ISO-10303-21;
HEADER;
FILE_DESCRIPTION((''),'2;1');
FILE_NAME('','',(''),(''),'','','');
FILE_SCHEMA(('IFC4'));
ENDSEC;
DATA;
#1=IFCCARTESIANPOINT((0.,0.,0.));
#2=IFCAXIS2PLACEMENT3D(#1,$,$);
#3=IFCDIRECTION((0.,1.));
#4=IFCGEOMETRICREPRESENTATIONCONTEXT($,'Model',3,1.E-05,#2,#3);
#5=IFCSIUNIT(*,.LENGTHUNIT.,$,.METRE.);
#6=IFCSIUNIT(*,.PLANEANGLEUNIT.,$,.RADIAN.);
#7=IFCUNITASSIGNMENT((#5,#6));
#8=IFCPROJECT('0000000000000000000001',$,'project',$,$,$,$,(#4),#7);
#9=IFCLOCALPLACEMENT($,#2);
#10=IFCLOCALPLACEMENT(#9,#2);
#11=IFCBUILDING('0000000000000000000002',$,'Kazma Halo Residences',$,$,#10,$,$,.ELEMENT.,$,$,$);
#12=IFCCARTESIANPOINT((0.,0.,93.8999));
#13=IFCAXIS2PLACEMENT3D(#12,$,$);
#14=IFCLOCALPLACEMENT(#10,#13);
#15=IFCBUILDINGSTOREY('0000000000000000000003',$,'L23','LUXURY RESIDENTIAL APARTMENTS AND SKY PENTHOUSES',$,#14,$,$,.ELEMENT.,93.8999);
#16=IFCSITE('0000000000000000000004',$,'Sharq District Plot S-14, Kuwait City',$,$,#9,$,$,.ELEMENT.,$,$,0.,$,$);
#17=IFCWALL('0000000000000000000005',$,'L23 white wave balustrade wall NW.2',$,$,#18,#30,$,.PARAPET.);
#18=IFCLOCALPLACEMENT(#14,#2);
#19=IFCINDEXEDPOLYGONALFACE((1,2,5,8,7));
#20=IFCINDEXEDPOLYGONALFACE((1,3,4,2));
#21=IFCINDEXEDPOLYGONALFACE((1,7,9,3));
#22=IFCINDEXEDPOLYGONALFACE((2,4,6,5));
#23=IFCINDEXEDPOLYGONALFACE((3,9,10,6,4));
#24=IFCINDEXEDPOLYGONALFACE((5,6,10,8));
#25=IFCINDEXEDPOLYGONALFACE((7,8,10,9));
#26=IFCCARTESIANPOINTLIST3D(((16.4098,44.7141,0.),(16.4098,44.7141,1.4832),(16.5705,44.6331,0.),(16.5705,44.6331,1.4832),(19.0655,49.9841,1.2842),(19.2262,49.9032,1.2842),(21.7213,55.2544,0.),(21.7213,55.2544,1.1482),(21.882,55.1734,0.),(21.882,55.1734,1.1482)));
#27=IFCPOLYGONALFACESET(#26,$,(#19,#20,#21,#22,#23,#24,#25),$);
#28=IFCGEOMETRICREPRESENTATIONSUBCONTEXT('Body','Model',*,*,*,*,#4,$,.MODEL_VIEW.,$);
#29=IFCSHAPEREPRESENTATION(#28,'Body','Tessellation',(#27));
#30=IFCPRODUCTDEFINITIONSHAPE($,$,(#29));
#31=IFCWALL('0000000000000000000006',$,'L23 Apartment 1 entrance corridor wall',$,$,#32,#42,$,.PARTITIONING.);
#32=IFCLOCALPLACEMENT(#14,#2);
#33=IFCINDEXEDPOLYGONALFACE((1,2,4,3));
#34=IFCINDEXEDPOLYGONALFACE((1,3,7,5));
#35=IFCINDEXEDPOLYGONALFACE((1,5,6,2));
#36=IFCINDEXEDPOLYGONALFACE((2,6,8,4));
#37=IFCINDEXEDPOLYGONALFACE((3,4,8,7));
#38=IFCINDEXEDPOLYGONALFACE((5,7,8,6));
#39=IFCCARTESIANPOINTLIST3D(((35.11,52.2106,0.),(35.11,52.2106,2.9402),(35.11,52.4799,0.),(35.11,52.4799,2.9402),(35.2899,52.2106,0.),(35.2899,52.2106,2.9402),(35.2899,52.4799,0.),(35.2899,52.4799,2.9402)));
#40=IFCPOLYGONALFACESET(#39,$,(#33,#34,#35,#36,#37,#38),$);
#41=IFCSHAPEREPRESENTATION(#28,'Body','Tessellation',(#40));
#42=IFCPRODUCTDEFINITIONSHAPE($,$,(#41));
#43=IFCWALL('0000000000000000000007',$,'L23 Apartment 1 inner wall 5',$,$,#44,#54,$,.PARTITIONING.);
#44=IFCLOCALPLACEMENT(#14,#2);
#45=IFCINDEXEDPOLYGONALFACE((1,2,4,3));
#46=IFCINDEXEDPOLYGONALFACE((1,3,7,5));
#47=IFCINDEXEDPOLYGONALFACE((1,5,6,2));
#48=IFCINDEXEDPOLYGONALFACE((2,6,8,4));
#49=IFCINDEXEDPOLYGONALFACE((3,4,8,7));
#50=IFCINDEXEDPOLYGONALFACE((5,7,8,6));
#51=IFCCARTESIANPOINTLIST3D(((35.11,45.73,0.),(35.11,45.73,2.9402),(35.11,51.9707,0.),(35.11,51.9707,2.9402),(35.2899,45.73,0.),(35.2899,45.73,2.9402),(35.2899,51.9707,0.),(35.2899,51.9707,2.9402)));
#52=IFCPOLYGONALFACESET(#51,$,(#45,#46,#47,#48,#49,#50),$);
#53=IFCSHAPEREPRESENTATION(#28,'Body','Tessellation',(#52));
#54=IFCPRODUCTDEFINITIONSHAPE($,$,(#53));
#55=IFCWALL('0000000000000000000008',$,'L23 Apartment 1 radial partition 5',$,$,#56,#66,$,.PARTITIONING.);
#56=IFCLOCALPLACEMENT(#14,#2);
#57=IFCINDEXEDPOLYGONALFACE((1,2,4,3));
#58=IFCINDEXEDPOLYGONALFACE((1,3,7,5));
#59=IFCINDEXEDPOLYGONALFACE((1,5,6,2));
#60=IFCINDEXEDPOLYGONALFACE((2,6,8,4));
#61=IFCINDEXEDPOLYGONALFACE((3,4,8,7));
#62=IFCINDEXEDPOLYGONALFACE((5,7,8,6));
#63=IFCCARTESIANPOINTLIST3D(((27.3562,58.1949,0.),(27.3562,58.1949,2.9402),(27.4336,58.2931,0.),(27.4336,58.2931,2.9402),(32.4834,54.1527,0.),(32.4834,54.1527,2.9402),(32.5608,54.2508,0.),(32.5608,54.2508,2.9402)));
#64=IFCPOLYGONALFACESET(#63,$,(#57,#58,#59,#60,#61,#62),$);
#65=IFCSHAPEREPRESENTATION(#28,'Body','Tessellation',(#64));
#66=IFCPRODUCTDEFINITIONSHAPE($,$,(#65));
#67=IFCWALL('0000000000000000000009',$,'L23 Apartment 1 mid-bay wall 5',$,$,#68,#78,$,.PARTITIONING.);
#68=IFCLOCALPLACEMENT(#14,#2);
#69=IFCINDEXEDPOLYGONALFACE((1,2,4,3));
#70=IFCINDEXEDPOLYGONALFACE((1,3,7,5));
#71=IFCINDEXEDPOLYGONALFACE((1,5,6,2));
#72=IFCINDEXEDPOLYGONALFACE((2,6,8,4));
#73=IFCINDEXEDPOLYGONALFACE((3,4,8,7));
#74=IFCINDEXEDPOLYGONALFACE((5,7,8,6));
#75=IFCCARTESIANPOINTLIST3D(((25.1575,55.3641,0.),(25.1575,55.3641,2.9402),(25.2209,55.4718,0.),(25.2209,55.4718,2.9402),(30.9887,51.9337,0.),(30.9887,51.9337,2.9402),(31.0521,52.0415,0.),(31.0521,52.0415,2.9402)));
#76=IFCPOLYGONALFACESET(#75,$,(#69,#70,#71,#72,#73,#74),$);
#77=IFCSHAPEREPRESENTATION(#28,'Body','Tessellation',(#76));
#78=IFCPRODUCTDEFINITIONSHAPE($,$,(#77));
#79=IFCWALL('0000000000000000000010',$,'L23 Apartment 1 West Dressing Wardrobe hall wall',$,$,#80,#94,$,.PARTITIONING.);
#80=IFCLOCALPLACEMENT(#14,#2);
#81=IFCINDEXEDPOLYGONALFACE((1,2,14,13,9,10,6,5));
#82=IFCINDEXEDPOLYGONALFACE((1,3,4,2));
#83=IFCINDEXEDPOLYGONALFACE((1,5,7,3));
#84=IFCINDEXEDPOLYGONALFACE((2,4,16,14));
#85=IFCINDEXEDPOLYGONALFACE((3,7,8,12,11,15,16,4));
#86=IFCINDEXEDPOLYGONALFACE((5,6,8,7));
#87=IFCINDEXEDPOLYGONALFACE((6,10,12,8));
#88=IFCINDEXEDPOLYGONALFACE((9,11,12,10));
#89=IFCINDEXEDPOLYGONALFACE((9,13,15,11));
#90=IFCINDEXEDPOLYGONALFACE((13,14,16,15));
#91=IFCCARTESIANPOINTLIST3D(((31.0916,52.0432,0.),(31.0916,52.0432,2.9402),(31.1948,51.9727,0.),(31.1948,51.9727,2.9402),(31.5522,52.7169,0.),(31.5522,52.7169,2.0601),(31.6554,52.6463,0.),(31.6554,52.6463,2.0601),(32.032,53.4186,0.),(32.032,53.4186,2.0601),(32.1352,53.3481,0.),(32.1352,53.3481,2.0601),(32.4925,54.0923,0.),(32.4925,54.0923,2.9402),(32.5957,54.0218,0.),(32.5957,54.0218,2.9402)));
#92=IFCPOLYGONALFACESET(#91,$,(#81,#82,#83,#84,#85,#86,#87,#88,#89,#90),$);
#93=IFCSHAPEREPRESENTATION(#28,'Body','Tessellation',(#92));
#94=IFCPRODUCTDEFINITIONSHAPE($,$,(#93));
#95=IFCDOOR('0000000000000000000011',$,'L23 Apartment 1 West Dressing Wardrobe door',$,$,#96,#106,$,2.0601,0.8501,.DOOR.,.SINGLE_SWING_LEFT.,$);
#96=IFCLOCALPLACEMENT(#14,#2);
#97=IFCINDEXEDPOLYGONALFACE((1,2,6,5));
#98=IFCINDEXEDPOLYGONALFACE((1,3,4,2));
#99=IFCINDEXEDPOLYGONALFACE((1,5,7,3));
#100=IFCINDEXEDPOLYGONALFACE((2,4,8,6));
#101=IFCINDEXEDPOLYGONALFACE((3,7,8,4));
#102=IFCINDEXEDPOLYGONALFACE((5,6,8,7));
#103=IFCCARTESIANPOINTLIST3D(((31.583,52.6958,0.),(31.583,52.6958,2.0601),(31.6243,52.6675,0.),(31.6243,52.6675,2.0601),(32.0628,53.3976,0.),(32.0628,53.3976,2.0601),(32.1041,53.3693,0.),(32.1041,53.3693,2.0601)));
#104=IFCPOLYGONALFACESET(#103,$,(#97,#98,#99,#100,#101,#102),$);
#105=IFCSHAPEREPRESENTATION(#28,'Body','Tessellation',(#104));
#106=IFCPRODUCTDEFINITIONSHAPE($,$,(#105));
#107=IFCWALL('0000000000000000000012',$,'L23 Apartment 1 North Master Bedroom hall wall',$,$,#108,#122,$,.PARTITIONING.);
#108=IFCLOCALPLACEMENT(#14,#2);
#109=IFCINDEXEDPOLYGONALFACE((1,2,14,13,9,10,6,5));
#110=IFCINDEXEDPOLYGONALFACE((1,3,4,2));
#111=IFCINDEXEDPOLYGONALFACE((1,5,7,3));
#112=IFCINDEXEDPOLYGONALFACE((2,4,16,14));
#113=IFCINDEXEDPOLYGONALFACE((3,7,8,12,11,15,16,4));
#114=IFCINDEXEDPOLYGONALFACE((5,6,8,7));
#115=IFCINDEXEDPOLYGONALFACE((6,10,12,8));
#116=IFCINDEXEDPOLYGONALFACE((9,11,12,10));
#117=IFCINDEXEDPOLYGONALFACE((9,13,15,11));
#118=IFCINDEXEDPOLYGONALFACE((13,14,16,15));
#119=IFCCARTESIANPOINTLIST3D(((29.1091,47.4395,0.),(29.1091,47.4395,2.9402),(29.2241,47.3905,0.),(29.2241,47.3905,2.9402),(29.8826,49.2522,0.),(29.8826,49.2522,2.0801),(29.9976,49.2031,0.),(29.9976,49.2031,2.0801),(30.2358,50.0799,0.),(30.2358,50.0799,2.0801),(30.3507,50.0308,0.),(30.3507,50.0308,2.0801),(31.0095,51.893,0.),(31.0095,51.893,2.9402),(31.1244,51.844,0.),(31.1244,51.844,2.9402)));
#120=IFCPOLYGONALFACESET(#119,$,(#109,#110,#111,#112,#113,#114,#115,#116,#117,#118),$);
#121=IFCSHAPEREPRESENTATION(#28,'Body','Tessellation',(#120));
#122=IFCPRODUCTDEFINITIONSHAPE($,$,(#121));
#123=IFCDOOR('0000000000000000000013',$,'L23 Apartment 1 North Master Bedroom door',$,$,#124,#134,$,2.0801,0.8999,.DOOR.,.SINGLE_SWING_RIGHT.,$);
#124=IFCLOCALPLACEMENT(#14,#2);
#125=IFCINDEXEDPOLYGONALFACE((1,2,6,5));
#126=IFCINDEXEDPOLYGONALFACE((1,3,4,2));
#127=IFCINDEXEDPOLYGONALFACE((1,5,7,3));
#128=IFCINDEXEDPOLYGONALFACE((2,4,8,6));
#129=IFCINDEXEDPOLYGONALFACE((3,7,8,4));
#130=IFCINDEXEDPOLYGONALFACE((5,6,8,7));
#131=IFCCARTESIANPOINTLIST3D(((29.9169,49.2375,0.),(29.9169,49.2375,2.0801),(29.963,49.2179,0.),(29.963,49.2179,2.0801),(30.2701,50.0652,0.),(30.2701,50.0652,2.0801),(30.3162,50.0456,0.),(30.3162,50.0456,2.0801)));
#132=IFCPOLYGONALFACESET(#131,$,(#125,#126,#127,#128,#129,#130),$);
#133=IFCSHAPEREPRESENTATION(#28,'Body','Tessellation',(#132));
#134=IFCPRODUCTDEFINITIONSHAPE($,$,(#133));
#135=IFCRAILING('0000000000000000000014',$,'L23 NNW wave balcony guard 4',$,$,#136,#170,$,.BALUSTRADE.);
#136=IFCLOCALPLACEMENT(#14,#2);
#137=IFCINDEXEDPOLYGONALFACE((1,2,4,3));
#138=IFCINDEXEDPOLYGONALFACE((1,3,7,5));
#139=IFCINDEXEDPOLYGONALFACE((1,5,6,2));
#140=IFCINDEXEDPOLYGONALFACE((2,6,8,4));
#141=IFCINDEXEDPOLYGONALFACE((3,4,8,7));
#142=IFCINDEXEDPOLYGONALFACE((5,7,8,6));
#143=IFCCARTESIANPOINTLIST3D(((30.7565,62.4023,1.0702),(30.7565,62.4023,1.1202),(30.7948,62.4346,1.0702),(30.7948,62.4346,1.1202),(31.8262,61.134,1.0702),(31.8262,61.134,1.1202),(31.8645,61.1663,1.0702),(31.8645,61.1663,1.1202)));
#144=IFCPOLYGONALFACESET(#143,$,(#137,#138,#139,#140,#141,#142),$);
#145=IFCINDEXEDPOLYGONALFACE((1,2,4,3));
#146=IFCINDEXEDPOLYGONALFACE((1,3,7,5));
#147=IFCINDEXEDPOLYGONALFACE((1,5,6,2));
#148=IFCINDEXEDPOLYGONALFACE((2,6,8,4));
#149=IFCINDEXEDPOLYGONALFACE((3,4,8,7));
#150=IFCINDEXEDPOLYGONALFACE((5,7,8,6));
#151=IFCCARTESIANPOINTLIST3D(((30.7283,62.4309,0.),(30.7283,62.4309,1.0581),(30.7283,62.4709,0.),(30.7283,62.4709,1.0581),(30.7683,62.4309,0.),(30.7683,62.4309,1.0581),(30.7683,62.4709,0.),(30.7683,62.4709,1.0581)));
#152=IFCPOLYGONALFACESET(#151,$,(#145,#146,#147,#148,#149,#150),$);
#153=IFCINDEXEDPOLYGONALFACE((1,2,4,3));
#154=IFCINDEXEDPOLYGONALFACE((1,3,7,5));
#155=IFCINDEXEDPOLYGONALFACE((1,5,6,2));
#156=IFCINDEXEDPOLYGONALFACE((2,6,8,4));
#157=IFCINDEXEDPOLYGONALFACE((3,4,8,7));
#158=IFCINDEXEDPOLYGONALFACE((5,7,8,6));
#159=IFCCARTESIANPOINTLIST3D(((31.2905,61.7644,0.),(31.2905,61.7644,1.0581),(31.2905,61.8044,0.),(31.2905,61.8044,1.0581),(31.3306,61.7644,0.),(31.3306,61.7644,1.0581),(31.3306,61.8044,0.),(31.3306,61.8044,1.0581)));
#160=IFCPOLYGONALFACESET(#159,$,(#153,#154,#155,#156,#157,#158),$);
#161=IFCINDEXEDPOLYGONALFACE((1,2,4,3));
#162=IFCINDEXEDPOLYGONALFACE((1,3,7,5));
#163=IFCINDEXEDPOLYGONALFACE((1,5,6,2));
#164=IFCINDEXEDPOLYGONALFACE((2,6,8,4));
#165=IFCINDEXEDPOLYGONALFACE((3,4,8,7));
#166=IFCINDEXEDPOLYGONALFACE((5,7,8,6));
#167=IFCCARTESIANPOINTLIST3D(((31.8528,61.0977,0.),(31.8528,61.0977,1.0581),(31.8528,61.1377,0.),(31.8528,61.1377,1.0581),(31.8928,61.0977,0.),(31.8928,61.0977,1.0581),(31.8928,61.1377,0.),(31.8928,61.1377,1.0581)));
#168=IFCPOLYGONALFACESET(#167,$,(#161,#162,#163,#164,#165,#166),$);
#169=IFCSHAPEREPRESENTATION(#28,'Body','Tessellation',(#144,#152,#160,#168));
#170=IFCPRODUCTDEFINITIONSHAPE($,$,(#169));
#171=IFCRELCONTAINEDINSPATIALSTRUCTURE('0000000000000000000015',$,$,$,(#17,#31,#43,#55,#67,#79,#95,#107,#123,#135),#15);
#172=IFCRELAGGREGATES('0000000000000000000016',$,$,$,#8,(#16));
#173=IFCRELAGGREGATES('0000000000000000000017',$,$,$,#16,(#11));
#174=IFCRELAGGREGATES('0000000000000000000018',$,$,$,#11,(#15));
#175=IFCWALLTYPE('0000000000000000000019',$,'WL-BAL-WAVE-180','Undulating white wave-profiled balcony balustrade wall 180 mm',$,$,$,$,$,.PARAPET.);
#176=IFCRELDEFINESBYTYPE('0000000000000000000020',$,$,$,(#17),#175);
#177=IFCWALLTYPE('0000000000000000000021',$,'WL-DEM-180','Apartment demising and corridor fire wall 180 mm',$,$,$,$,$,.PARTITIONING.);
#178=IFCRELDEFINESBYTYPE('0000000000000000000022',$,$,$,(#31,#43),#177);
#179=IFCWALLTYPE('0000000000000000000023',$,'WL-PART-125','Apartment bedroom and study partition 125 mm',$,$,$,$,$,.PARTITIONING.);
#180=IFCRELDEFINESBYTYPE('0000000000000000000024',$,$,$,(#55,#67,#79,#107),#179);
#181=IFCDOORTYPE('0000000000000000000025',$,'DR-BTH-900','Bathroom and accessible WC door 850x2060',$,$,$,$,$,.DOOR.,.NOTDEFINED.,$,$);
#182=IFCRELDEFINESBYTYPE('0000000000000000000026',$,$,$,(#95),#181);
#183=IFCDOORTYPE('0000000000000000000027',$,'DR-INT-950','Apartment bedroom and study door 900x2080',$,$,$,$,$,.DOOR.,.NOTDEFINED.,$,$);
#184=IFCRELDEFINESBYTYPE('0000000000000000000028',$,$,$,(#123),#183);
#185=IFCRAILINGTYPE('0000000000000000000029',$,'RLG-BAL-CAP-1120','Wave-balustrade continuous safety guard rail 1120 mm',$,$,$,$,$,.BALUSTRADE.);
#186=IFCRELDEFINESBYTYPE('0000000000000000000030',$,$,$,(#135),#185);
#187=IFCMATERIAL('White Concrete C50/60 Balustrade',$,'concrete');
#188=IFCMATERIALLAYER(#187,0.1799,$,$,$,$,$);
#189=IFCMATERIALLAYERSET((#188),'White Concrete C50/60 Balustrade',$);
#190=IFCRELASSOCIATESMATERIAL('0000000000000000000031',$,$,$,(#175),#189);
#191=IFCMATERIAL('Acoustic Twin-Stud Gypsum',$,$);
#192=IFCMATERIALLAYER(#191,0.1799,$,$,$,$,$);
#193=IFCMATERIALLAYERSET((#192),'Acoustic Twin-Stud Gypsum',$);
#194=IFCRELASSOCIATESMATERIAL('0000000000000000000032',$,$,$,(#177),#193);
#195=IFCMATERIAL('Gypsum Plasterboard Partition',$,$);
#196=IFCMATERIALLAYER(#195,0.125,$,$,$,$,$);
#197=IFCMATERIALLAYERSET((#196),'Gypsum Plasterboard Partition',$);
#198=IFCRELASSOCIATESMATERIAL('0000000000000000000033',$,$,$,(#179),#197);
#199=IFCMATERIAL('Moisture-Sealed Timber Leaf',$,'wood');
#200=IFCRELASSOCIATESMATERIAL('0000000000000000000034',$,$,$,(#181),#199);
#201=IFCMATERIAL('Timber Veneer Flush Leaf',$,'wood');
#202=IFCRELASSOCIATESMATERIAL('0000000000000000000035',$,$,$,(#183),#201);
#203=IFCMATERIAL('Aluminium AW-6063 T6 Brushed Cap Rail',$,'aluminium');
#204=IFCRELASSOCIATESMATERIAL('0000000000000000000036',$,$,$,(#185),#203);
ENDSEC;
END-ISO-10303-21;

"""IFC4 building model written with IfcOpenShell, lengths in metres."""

from ifc_helpers import new_model, si_unit, direction, frame, frame_2d, origin, origin_2d, place, context, subcontext, project, spatial, polyline, rectangle, outline, extrude, material, layer, layer_set, type_object, element, fill, save


model = new_model("IFC4")

# Units and contexts
model_context = context("Model", 3, precision=1e-05, world=origin(), true_north=direction((0.0, 1.0)))
body_context = subcontext(model_context, "Body", "Model", "MODEL_VIEW")
ifc_project = project(units=[si_unit("LENGTHUNIT", "METRE"), si_unit("PLANEANGLEUNIT", "RADIAN")], contexts=[model_context])

# Site, building, storey
site_placement = place(None, origin())
site = spatial("IfcSite", under=ifc_project, at=site_placement, Name="Sharq District Plot S-14, Kuwait City", CompositionType="ELEMENT", RefElevation=0.0)
building_placement = place(site_placement, origin())
building = spatial("IfcBuilding", under=site, at=building_placement, Name="Kazma Halo Residences", CompositionType="ELEMENT")
storey_placement = place(building_placement, frame((0.0, 0.0, 93.8999)))
storey = spatial("IfcBuildingStorey", under=building, at=storey_placement, Name="L23", Description="LUXURY RESIDENTIAL APARTMENTS AND SKY PENTHOUSES", CompositionType="ELEMENT", Elevation=93.8999)

# Walls
ifc_material_1 = material(Name="White Concrete C50/60 Balustrade", Category="concrete")
ifc_layer_1 = layer(ifc_material_1, 0.1799)
ifc_layer_set_1 = layer_set([ifc_layer_1], Name="White Concrete C50/60 Balustrade")
wall_type_1 = type_object("IfcWallType", Name="WL-BAL-WAVE-180", Description="Undulating white wave-profiled balcony balustrade wall 180 mm", PredefinedType="PARAPET", material=ifc_layer_set_1)
wall_1_placement = place(storey_placement, frame((21.8018, 55.2139, 0.0), z_axis=(0.0, 0.0, 1.0), x_axis=(-0.450016, -0.89302, 0.0)))
element("IfcWall", 1, at=wall_1_placement, inside=storey, type_object=wall_type_1, Name="L23 white wave balustrade wall NW.2", PredefinedType="PARAPET", context=body_context, shape_type="SweptSolid", body=[
    extrude(outline(polyline([(0.0, 0.0), (11.803, 0.0), (11.803, 1.4832), (5.9016, 1.2842), (0.0, 1.1482), (0.0, 0.0)])), frame((0.0, 0.0898, 0.0), z_axis=(0.0, -1.0, 0.0), x_axis=(1.0, 0.0, 0.0)), (0.0, 0.0, 1.0), 0.1799),
])
ifc_material_2 = material(Name="Acoustic Twin-Stud Gypsum")
ifc_layer_2 = layer(ifc_material_2, 0.1799)
ifc_layer_set_2 = layer_set([ifc_layer_2], Name="Acoustic Twin-Stud Gypsum")
wall_type_2 = type_object("IfcWallType", Name="WL-DEM-180", Description="Apartment demising and corridor fire wall 180 mm", PredefinedType="PARTITIONING", material=ifc_layer_set_2)
wall_2_placement = place(storey_placement, frame((35.2, 52.48, 0.0), z_axis=(0.0, 0.0, 1.0), x_axis=(0.0, -1.0, 0.0)))
element("IfcWall", 2, at=wall_2_placement, inside=storey, type_object=wall_type_2, Name="L23 Apartment 1 entrance corridor wall", PredefinedType="PARTITIONING", context=body_context, shape_type="SweptSolid", body=[
    extrude(rectangle(XDim=0.2693, YDim=0.1799, at=frame_2d((0.1348, 0.0))), origin(), (0.0, 0.0, 1.0), 2.9402),
])
wall_3_placement = place(storey_placement, frame((35.2, 51.9707, 0.0), z_axis=(0.0, 0.0, 1.0), x_axis=(0.0, -1.0, 0.0)))
element("IfcWall", 3, at=wall_3_placement, inside=storey, type_object=wall_type_2, Name="L23 Apartment 1 inner wall 5", PredefinedType="PARTITIONING", context=body_context, shape_type="SweptSolid", body=[
    extrude(rectangle(XDim=6.2407, YDim=0.1799, at=frame_2d((3.1204, 0.0))), origin(), (0.0, 0.0, 1.0), 2.9402),
])

# Walls
ifc_material_3 = material(Name="Gypsum Plasterboard Partition")
ifc_layer_3 = layer(ifc_material_3, 0.125)
ifc_layer_set_3 = layer_set([ifc_layer_3], Name="Gypsum Plasterboard Partition")
wall_type_3 = type_object("IfcWallType", Name="WL-PART-125", Description="Apartment bedroom and study partition 125 mm", PredefinedType="PARTITIONING", material=ifc_layer_set_3)
wall_4_placement = place(storey_placement, frame((32.5222, 54.2017, 0.0), z_axis=(0.0, 0.0, 1.0), x_axis=(-0.785296, 0.61912, 0.0)))
element("IfcWall", 4, at=wall_4_placement, inside=storey, type_object=wall_type_3, Name="L23 Apartment 1 radial partition 5", PredefinedType="PARTITIONING", context=body_context, shape_type="SweptSolid", body=[
    extrude(rectangle(XDim=6.5291, YDim=0.125, at=frame_2d((3.2646, 0.0))), origin(), (0.0, 0.0, 1.0), 2.9402),
])
wall_5_placement = place(storey_placement, frame((31.0205, 51.9875, 0.0), z_axis=(0.0, 0.0, 1.0), x_axis=(-0.861918, 0.507047, 0.0)))
element("IfcWall", 5, at=wall_5_placement, inside=storey, type_object=wall_type_3, Name="L23 Apartment 1 mid-bay wall 5", PredefinedType="PARTITIONING", context=body_context, shape_type="SweptSolid", body=[
    extrude(rectangle(XDim=6.7654, YDim=0.125, at=frame_2d((3.3828, 0.0))), origin(), (0.0, 0.0, 1.0), 2.9402),
])

# Walls, openings, doors
wall_6_placement = place(storey_placement, frame((32.5442, 54.0571, 0.0), z_axis=(0.0, 0.0, 1.0), x_axis=(-0.564377, -0.825517, 0.0)))
wall_6 = element("IfcWall", 6, at=wall_6_placement, inside=storey, type_object=wall_type_3, Name="L23 Apartment 1 West Dressing Wardrobe hall wall", PredefinedType="PARTITIONING", context=body_context, shape_type="SweptSolid", body=[
    extrude(rectangle(XDim=2.4822, YDim=0.125, at=frame_2d((1.2412, 0.0))), origin(), (0.0, 0.0, 1.0), 2.9402),
])
opening_1_placement = place(wall_6_placement, frame((0.8162, 0.0, 0.0)))
opening_1 = element("IfcOpeningElement", 7, at=opening_1_placement, cuts=wall_6, PredefinedType="OPENING", context=body_context, shape_type="SweptSolid", body=[
    extrude(rectangle(XDim=0.8501, YDim=2.0601, at=frame_2d((0.425, 1.03))), frame((0.0, 0.0725, 0.0), z_axis=(0.0, -1.0, 0.0), x_axis=(1.0, 0.0, 0.0)), (0.0, 0.0, 1.0), 0.145),
])
ifc_material_4 = material(Name="Moisture-Sealed Timber Leaf", Category="wood")
door_type_1 = type_object("IfcDoorType", Name="DR-BTH-900", Description="Bathroom and accessible WC door 850x2060", OperationType="NOTDEFINED", PredefinedType="DOOR", material=ifc_material_4)
door_1_placement = place(opening_1_placement, origin())
door_1 = element("IfcDoor", 8, at=door_1_placement, inside=storey, type_object=door_type_1, Name="L23 Apartment 1 West Dressing Wardrobe door", OperationType="SINGLE_SWING_LEFT", OverallHeight=2.0601, OverallWidth=0.8501, PredefinedType="DOOR", context=body_context, shape_type="SweptSolid", body=[
    extrude(rectangle(XDim=0.8501, YDim=2.0601, at=frame_2d((0.425, 1.03))), frame((0.0, 0.0249, 0.0), z_axis=(0.0, -1.0, 0.0), x_axis=(1.0, 0.0, 0.0)), (0.0, 0.0, 1.0), 0.05),
])
fill(opening_1, door_1)
wall_7_placement = place(storey_placement, frame((31.0669, 51.8684, 0.0), z_axis=(0.0, 0.0, 1.0), x_axis=(-0.392471, -0.919765, 0.0)))
wall_7 = element("IfcWall", 9, at=wall_7_placement, inside=storey, type_object=wall_type_3, Name="L23 Apartment 1 North Master Bedroom hall wall", PredefinedType="PARTITIONING", context=body_context, shape_type="SweptSolid", body=[
    extrude(rectangle(XDim=4.842, YDim=0.125, at=frame_2d((2.4209, 0.0))), origin(), (0.0, 0.0, 1.0), 2.9402),
])
opening_2_placement = place(wall_7_placement, frame((1.9712, 0.0, 0.0)))
opening_2 = element("IfcOpeningElement", 10, at=opening_2_placement, cuts=wall_7, PredefinedType="OPENING", context=body_context, shape_type="SweptSolid", body=[
    extrude(rectangle(XDim=0.8999, YDim=2.0801, at=frame_2d((0.45, 1.04))), frame((0.0, 0.0725, 0.0), z_axis=(0.0, -1.0, 0.0), x_axis=(1.0, 0.0, 0.0)), (0.0, 0.0, 1.0), 0.145),
])
ifc_material_5 = material(Name="Timber Veneer Flush Leaf", Category="wood")
door_type_2 = type_object("IfcDoorType", Name="DR-INT-950", Description="Apartment bedroom and study door 900x2080", OperationType="NOTDEFINED", PredefinedType="DOOR", material=ifc_material_5)
door_2_placement = place(opening_2_placement, origin())
door_2 = element("IfcDoor", 11, at=door_2_placement, inside=storey, type_object=door_type_2, Name="L23 Apartment 1 North Master Bedroom door", OperationType="SINGLE_SWING_RIGHT", OverallHeight=2.0801, OverallWidth=0.8999, PredefinedType="DOOR", context=body_context, shape_type="SweptSolid", body=[
    extrude(rectangle(XDim=0.8999, YDim=2.0801, at=frame_2d((0.45, 1.04))), frame((0.0, 0.0249, 0.0), z_axis=(0.0, -1.0, 0.0), x_axis=(1.0, 0.0, 0.0)), (0.0, 0.0, 1.0), 0.05),
])
fill(opening_2, door_2)

# Railing
ifc_material_6 = material(Name="Aluminium AW-6063 T6 Brushed Cap Rail", Category="aluminium")
railing_type = type_object("IfcRailingType", Name="RLG-BAL-CAP-1120", Description="Wave-balustrade continuous safety guard rail 1120 mm", PredefinedType="BALUSTRADE", material=ifc_material_6)
railing_1_placement = place(storey_placement, frame((30.7483, 62.4509, 0.0)))
element("IfcRailing", 12, at=railing_1_placement, inside=storey, type_object=railing_type, Name="L23 NNW wave balcony guard 4", PredefinedType="BALUSTRADE", context=body_context, shape_type="SweptSolid", body=[
    extrude(rectangle(XDim=0.05, YDim=0.05, at=origin_2d()), frame((0.0273, -0.0325, 1.0952), z_axis=(0.64473, -0.76441, 0.0), x_axis=(0.76441, 0.64473, 0.0)), (0.0, 0.0, 1.0), 1.6592),
    extrude(rectangle(XDim=0.04, YDim=0.04, at=origin_2d()), origin(), (0.0, 0.0, 1.0), 1.0581),
    extrude(rectangle(XDim=0.04, YDim=0.04, at=origin_2d()), frame((0.5623, -0.6665, 0.0)), (0.0, 0.0, 1.0), 1.0581),
    extrude(rectangle(XDim=0.04, YDim=0.04, at=origin_2d()), frame((1.1245, -1.3333, 0.0)), (0.0, 0.0, 1.0), 1.0581),
])

save(model, "model.ifc")
